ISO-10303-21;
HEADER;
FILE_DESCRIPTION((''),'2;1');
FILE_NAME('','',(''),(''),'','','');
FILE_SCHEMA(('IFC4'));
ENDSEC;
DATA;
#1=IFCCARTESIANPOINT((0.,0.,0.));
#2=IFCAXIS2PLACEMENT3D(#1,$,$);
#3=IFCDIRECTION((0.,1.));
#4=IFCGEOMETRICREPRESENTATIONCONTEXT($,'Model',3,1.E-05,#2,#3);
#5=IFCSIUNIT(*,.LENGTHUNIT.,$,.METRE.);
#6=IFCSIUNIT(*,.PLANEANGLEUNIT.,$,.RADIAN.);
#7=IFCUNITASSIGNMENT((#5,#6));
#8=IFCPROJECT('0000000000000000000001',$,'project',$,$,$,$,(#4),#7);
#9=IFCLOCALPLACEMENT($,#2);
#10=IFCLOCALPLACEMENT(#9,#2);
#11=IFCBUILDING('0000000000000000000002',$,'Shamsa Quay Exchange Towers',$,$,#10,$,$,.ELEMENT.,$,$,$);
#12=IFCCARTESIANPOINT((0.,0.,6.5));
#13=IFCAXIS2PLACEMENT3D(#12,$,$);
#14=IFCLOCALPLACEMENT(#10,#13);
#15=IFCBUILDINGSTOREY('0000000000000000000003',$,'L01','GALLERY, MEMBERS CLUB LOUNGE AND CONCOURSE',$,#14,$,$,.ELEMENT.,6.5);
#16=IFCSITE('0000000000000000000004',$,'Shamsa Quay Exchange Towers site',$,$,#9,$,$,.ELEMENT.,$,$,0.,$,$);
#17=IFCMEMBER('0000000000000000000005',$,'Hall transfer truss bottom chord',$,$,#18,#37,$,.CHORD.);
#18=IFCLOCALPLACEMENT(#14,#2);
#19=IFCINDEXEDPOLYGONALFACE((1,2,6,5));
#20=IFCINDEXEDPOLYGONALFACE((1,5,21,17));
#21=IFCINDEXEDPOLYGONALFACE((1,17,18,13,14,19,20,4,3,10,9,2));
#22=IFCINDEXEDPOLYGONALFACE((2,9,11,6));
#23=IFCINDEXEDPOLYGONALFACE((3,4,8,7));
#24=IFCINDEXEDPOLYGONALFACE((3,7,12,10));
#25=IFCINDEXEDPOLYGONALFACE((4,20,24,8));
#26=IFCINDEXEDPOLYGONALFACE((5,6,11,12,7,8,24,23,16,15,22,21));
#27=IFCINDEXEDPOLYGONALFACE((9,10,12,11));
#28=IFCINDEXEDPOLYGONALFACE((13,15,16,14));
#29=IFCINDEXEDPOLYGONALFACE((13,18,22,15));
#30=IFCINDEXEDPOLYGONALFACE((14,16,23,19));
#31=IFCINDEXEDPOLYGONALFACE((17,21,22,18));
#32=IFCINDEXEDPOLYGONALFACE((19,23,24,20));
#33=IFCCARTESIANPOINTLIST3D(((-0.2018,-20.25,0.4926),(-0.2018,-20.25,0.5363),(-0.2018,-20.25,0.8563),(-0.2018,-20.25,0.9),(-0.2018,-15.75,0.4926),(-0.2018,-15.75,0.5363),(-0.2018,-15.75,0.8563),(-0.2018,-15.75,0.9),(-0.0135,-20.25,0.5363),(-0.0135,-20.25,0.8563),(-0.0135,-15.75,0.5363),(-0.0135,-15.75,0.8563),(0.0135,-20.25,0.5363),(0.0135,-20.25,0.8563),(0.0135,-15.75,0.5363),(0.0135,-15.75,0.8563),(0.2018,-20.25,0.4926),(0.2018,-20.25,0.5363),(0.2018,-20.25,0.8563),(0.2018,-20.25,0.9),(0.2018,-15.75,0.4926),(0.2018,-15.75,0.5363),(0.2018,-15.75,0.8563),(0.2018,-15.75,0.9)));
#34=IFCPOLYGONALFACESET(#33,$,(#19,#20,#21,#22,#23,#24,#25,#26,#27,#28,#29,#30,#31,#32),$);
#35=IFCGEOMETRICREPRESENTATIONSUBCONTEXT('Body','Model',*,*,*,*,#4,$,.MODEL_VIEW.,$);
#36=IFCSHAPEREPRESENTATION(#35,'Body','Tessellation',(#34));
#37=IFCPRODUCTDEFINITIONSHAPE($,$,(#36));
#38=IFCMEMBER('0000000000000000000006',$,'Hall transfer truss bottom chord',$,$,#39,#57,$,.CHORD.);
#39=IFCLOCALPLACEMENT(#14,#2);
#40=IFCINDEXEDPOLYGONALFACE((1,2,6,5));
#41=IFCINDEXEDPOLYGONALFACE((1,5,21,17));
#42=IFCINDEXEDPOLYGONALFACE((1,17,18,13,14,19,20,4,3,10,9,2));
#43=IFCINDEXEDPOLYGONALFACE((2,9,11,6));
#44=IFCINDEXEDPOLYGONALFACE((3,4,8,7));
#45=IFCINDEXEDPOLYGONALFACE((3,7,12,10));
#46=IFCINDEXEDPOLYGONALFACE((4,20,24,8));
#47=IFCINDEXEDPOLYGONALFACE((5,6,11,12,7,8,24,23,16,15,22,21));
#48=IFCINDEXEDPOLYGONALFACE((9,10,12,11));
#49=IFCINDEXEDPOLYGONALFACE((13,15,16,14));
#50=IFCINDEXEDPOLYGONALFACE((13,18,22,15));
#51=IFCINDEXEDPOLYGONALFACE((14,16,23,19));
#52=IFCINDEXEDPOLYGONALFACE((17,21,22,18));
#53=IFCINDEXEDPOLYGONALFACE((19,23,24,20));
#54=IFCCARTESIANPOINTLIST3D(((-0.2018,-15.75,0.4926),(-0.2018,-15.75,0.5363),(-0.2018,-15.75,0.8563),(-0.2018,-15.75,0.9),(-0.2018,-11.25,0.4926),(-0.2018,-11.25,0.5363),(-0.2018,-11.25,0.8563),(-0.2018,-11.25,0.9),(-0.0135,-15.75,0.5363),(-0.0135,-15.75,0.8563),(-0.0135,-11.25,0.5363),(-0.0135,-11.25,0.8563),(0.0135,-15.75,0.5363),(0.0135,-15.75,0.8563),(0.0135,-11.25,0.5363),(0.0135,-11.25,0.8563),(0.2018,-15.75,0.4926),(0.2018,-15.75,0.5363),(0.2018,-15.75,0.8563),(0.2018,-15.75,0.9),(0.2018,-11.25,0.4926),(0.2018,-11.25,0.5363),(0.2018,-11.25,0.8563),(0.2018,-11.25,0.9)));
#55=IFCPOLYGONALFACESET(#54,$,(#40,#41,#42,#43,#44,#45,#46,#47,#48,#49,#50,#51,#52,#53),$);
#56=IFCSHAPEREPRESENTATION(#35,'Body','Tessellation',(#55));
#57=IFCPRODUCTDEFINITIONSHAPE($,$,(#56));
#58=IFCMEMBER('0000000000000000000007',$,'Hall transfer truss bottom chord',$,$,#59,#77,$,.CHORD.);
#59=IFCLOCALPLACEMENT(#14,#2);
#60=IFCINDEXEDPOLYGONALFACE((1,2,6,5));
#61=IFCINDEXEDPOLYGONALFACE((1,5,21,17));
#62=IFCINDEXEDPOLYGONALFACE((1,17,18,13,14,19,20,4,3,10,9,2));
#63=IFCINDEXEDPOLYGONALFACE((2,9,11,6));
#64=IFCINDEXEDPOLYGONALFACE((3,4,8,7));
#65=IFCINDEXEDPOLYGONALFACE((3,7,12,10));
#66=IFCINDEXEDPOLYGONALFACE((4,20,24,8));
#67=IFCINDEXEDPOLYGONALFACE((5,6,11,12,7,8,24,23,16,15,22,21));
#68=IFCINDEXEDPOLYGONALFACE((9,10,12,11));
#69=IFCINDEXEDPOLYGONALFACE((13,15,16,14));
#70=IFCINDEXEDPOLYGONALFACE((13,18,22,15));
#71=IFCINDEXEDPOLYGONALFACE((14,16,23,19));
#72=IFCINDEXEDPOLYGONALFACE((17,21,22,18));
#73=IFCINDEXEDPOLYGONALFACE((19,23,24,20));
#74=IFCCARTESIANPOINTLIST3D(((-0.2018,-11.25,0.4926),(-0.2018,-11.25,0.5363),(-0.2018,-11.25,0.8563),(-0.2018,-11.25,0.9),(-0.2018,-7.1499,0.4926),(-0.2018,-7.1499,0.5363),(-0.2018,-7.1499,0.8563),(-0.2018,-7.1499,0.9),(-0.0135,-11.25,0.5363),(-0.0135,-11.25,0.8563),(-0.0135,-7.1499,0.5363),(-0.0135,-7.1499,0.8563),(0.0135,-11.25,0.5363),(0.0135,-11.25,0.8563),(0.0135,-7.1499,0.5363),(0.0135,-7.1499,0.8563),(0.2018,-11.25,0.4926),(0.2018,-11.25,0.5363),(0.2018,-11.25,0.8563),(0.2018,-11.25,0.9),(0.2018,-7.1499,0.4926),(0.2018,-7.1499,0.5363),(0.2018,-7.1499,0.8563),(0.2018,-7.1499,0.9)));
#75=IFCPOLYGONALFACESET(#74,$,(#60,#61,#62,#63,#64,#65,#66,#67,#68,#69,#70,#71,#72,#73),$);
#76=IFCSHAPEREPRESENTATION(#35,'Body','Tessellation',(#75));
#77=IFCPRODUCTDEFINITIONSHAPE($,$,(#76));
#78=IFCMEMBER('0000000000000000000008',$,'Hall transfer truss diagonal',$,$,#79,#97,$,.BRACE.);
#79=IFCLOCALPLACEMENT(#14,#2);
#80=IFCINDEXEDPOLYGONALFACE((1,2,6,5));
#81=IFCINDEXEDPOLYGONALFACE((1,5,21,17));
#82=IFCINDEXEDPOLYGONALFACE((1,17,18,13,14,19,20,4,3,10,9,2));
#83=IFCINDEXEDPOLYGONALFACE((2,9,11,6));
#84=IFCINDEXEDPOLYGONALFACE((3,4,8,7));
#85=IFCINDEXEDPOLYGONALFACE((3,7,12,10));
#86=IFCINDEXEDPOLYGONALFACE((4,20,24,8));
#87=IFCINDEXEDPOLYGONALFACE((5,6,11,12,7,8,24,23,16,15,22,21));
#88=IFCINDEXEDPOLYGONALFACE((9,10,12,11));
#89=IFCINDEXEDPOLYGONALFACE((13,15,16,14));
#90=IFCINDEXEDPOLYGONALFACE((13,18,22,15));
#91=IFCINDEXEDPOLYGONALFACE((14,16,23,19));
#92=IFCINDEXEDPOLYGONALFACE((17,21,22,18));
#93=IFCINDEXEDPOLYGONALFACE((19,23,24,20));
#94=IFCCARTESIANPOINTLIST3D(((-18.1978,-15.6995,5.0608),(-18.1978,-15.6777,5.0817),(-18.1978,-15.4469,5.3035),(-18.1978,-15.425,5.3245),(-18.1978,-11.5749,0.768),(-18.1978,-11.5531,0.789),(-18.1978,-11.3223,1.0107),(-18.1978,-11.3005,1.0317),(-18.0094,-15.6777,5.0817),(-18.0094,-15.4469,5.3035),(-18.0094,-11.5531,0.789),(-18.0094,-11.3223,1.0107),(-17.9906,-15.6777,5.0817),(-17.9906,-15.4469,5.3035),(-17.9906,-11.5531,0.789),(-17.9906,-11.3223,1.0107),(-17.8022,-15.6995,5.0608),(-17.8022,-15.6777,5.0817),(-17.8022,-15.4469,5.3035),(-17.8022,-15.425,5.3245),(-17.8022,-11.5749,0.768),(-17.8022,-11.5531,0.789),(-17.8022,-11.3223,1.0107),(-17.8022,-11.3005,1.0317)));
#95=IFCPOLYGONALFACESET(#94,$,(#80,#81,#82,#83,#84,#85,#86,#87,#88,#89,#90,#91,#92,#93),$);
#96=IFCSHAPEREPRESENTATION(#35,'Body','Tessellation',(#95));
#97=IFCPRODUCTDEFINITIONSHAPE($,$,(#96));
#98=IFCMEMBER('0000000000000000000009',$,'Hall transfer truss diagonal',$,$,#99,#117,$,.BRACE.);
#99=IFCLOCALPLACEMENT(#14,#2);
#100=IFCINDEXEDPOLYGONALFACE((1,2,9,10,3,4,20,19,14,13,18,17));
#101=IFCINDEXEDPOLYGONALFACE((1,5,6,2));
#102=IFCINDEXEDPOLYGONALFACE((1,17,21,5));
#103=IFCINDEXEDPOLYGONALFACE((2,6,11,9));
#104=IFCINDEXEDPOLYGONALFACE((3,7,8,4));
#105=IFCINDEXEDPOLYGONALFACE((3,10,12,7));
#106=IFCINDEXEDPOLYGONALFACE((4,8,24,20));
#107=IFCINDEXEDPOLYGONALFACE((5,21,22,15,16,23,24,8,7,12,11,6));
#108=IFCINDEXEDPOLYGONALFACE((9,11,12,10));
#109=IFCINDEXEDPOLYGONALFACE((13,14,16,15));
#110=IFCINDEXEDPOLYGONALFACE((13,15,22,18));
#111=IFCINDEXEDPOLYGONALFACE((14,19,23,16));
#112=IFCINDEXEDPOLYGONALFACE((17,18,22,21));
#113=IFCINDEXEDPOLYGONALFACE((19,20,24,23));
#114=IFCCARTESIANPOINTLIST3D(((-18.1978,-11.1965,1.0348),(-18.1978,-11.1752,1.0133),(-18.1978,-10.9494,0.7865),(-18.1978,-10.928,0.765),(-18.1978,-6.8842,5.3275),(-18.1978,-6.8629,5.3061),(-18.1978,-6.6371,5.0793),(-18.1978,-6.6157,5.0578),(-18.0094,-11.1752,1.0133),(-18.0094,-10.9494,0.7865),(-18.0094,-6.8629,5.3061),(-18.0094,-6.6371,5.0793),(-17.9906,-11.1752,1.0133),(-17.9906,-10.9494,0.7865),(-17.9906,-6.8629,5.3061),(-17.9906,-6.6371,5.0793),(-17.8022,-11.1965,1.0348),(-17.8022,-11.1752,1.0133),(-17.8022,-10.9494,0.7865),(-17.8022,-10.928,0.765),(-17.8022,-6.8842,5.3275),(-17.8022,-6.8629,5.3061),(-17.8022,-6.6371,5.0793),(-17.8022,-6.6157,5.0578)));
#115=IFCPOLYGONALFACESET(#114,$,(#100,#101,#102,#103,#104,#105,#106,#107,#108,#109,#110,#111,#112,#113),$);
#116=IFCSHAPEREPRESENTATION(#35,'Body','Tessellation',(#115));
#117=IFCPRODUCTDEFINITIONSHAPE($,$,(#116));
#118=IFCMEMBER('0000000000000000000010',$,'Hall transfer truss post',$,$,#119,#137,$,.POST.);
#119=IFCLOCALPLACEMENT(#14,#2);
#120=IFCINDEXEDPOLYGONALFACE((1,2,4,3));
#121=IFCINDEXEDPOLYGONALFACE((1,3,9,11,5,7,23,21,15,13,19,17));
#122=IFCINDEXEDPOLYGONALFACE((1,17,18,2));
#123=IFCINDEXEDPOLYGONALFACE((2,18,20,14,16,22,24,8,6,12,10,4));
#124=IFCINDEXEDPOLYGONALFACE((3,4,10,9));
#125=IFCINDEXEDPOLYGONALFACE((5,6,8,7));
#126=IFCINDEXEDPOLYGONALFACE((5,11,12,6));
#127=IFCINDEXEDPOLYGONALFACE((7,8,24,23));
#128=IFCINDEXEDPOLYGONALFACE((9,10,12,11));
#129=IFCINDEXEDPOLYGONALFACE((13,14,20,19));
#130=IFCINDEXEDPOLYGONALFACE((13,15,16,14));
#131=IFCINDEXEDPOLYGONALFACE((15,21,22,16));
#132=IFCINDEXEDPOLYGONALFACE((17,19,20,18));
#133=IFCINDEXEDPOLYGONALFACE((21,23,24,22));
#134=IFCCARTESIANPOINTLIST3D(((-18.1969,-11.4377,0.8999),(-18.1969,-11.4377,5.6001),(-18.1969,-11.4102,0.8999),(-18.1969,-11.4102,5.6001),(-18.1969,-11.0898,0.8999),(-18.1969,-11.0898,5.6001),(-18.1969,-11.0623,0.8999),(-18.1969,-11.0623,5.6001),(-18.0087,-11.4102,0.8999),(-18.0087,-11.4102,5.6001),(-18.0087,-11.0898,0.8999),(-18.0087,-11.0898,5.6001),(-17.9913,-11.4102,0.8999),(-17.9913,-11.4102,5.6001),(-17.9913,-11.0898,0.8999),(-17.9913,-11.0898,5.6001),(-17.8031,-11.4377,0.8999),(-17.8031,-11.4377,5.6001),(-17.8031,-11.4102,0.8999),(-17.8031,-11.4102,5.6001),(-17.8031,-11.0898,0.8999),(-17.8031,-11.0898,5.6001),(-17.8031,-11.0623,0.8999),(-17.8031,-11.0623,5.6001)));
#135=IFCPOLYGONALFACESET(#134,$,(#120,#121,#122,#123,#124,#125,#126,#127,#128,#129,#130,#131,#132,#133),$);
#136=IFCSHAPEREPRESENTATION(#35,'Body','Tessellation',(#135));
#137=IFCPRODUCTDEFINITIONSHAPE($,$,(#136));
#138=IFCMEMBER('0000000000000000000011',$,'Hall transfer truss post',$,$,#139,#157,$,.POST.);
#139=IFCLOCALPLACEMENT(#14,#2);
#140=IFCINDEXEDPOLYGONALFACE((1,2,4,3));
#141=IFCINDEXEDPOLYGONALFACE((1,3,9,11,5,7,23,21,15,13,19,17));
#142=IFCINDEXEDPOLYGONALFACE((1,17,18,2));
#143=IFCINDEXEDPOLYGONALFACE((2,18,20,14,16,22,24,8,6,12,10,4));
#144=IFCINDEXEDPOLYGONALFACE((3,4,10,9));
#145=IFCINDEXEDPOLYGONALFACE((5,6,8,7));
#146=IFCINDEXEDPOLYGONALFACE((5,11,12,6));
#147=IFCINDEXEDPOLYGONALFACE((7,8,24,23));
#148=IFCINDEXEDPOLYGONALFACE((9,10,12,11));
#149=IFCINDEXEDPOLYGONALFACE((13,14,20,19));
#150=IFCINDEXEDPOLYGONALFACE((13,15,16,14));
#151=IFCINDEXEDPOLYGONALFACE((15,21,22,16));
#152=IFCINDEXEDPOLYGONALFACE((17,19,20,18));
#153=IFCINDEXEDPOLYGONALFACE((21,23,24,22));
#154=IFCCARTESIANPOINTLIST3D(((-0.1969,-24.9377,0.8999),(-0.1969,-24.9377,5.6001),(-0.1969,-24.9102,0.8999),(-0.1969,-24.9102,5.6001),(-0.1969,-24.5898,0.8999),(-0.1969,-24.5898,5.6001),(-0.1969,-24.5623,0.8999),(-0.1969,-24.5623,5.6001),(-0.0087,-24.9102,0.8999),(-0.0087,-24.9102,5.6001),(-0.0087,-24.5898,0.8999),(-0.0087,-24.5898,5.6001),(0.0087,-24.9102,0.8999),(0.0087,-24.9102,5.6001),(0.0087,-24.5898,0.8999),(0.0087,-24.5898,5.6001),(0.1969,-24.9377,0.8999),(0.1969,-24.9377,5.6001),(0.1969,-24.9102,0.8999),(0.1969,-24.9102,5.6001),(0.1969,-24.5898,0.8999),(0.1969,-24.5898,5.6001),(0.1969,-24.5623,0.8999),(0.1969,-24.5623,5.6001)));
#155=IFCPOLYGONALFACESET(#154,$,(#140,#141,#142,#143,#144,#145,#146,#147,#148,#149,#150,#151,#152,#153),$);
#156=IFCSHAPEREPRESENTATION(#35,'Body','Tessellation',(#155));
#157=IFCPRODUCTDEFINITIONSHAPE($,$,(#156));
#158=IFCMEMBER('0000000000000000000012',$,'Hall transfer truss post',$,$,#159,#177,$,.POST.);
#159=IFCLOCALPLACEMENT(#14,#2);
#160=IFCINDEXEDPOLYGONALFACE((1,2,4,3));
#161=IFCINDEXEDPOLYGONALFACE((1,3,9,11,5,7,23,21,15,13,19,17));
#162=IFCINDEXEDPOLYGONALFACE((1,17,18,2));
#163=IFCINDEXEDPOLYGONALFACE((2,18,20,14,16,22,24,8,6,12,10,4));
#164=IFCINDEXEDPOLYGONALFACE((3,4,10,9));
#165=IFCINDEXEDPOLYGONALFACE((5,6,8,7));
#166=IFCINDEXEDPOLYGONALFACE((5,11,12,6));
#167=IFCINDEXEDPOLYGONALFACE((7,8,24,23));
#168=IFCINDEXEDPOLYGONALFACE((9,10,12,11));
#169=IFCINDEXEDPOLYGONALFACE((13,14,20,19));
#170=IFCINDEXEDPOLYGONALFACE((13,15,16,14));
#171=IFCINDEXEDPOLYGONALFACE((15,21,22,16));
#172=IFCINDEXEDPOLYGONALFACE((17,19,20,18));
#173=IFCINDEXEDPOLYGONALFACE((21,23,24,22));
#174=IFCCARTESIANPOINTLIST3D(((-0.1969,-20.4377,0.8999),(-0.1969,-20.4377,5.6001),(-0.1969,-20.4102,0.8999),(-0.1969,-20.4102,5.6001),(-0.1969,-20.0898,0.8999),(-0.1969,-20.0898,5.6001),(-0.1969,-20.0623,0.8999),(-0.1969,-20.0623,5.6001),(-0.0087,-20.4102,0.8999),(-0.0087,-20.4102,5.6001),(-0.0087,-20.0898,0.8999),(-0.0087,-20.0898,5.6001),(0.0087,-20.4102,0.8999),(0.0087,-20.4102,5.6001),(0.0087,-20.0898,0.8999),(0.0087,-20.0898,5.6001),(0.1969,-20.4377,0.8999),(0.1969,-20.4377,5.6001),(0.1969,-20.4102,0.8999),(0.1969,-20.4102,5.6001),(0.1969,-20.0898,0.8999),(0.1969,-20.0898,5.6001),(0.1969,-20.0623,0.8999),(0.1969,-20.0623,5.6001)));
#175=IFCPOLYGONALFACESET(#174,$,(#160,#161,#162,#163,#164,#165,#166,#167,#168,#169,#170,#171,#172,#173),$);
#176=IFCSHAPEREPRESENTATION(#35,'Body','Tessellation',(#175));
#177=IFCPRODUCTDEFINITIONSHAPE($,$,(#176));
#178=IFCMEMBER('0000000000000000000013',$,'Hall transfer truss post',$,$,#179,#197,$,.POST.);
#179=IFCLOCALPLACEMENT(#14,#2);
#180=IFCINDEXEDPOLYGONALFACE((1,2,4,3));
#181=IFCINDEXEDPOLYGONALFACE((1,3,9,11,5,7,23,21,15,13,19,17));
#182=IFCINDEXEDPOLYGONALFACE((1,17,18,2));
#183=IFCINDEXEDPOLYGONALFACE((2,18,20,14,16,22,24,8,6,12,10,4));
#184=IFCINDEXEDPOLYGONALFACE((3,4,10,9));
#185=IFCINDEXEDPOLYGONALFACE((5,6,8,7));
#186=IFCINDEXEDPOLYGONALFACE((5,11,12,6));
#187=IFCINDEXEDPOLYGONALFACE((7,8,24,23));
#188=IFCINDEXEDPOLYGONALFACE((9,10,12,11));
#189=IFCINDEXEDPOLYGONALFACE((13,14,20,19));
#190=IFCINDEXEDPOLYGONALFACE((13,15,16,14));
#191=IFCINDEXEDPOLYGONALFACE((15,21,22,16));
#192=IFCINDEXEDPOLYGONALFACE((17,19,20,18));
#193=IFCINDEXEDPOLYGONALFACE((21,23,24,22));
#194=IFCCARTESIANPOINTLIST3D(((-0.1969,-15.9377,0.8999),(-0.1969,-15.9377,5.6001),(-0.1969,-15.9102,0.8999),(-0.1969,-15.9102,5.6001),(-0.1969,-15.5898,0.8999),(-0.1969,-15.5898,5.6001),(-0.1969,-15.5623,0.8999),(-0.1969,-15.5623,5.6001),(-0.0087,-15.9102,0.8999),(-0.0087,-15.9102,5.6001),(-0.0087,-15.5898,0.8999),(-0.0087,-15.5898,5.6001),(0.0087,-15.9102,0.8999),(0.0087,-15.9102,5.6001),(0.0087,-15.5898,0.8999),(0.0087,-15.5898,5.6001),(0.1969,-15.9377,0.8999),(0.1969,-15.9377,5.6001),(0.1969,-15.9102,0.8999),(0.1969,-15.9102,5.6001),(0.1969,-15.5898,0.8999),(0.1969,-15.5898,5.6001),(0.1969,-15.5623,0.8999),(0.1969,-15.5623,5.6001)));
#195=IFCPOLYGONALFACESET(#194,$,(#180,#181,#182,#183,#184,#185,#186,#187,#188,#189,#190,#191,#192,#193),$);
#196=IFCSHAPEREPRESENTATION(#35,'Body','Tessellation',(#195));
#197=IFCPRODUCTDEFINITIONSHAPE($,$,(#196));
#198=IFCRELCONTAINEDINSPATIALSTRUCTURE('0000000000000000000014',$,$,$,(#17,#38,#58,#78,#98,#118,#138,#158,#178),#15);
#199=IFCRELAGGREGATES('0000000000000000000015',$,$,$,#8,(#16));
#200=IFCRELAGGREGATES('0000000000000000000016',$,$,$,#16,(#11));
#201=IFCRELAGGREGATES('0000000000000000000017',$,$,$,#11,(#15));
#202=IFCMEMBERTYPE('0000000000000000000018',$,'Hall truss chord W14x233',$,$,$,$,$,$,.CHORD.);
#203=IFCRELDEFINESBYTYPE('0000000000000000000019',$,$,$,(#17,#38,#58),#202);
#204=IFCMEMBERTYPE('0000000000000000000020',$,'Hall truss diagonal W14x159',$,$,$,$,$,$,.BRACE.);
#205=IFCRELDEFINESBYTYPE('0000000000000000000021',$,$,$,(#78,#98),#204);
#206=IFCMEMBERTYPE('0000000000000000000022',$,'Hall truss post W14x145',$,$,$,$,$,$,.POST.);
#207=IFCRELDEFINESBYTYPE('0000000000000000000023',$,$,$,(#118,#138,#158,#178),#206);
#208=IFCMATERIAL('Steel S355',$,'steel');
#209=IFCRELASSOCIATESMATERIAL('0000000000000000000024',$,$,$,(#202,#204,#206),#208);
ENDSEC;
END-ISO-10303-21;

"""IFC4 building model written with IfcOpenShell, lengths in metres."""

from ifc_helpers import new_model, si_unit, direction, frame, origin, origin_2d, place, context, subcontext, project, spatial, i_section, extrude, material, material_profile, profile_set, type_object, element, save


model = new_model("IFC4")

# Units and contexts
model_context = context("Model", 3, precision=1e-05, world=origin(), true_north=direction((0.0, 1.0)))
body_context = subcontext(model_context, "Body", "Model", "MODEL_VIEW")
ifc_project = project(units=[si_unit("LENGTHUNIT", "METRE"), si_unit("PLANEANGLEUNIT", "RADIAN")], contexts=[model_context])

# Site, building, storey
site_placement = place(None, origin())
site = spatial("IfcSite", under=ifc_project, at=site_placement, Name="Shamsa Quay Exchange Towers site", CompositionType="ELEMENT", RefElevation=0.0)
building_placement = place(site_placement, origin())
building = spatial("IfcBuilding", under=site, at=building_placement, Name="Shamsa Quay Exchange Towers", CompositionType="ELEMENT")
storey_placement = place(building_placement, frame((0.0, 0.0, 6.5)))
storey = spatial("IfcBuildingStorey", under=building, at=storey_placement, Name="L01", Description="GALLERY, MEMBERS CLUB LOUNGE AND CONCOURSE", CompositionType="ELEMENT", Elevation=6.5)

# Shared definitions
ifc_material_1 = material(Name="Steel S355", Category="steel")

# Members
ifc_material_profile_1 = material_profile(ifc_material_1, i_section(OverallWidth=0.4036, OverallDepth=0.4075, WebThickness=0.0271, FlangeThickness=0.0437, at=origin_2d()), Name="W14x233")
ifc_profile_set_1 = profile_set([ifc_material_profile_1], Name="Steel S355")
member_type_1 = type_object("IfcMemberType", Name="Hall truss chord W14x233", PredefinedType="CHORD", material=ifc_profile_set_1)
for number, where, z_axis, x_axis, name in (
    (1, (0.0, -20.25, 0.6963), (0.0, 1.0, 0.0), (-1.0, 0.0, 0.0), "Hall transfer truss bottom chord"),
    (2, (0.0, -15.75, 0.6963), (0.0, 1.0, 0.0), (-1.0, 0.0, 0.0), "Hall transfer truss bottom chord"),
):
    element("IfcMember", number, at=place(storey_placement, frame(where, z_axis=z_axis, x_axis=x_axis)), inside=storey, type_object=member_type_1, Name=name, PredefinedType="CHORD", context=body_context, shape_type="SweptSolid", body=[
        extrude(i_section(OverallWidth=0.4036, OverallDepth=0.4075, WebThickness=0.0271, FlangeThickness=0.0437, at=origin_2d()), origin(), (0.0, 0.0, 1.0), 4.5),
    ])
member_1_placement = place(storey_placement, frame((0.0, -11.25, 0.6963), z_axis=(0.0, 1.0, 0.0), x_axis=(-1.0, 0.0, 0.0)))
element("IfcMember", 3, at=member_1_placement, inside=storey, type_object=member_type_1, Name="Hall transfer truss bottom chord", PredefinedType="CHORD", context=body_context, shape_type="SweptSolid", body=[
    extrude(i_section(OverallWidth=0.4036, OverallDepth=0.4075, WebThickness=0.0271, FlangeThickness=0.0437, at=origin_2d()), origin(), (0.0, 0.0, 1.0), 4.1001),
])
ifc_material_profile_2 = material_profile(ifc_material_1, i_section(OverallWidth=0.3955, OverallDepth=0.3806, WebThickness=0.0188, FlangeThickness=0.0303, at=origin_2d()), Name="W14x159")
ifc_profile_set_2 = profile_set([ifc_material_profile_2], Name="Steel S355")
member_type_2 = type_object("IfcMemberType", Name="Hall truss diagonal W14x159", PredefinedType="BRACE", material=ifc_profile_set_2)
member_2_placement = place(storey_placement, frame((-18.0, -15.5623, 5.1926), z_axis=(0.0, 0.692837, -0.721094), x_axis=(-1.0, 0.0, 0.0)))
element("IfcMember", 4, at=member_2_placement, inside=storey, type_object=member_type_2, Name="Hall transfer truss diagonal", PredefinedType="BRACE", context=body_context, shape_type="SweptSolid", body=[
    extrude(i_section(OverallWidth=0.3955, OverallDepth=0.3806, WebThickness=0.0188, FlangeThickness=0.0303, at=origin_2d()), origin(), (0.0, 0.0, 1.0), 5.9531),
])
member_3_placement = place(storey_placement, frame((-18.0, -11.0623, 0.8999), z_axis=(0.0, 0.70871, 0.7055), x_axis=(-1.0, 0.0, 0.0)))
element("IfcMember", 5, at=member_3_placement, inside=storey, type_object=member_type_2, Name="Hall transfer truss diagonal", PredefinedType="BRACE", context=body_context, shape_type="SweptSolid", body=[
    extrude(i_section(OverallWidth=0.3955, OverallDepth=0.3806, WebThickness=0.0188, FlangeThickness=0.0303, at=origin_2d()), origin(), (0.0, 0.0, 1.0), 6.0847),
])
ifc_material_profile_3 = material_profile(ifc_material_1, i_section(OverallWidth=0.3938, OverallDepth=0.3755, WebThickness=0.0173, FlangeThickness=0.0276, at=origin_2d()), Name="W14x145")
ifc_profile_set_3 = profile_set([ifc_material_profile_3], Name="Steel S355")
member_type_3 = type_object("IfcMemberType", Name="Hall truss post W14x145", PredefinedType="POST", material=ifc_profile_set_3)
for number, where, z_axis, x_axis, name in (
    (6, (-18.0, -11.25, 0.8999), (0.0, 0.0, 1.0), (-1.0, 0.0, 0.0), "Hall transfer truss post"),
    (7, (0.0, -24.75, 0.8999), (0.0, 0.0, 1.0), (-1.0, 0.0, 0.0), "Hall transfer truss post"),
    (8, (0.0, -20.25, 0.8999), (0.0, 0.0, 1.0), (-1.0, 0.0, 0.0), "Hall transfer truss post"),
    (9, (0.0, -15.75, 0.8999), (0.0, 0.0, 1.0), (-1.0, 0.0, 0.0), "Hall transfer truss post"),
):
    element("IfcMember", number, at=place(storey_placement, frame(where, z_axis=z_axis, x_axis=x_axis)), inside=storey, type_object=member_type_3, Name=name, PredefinedType="POST", context=body_context, shape_type="SweptSolid", body=[
        extrude(i_section(OverallWidth=0.3938, OverallDepth=0.3755, WebThickness=0.0173, FlangeThickness=0.0276, at=origin_2d()), origin(), (0.0, 0.0, 1.0), 4.7002),
    ])

save(model, "model.ifc")
